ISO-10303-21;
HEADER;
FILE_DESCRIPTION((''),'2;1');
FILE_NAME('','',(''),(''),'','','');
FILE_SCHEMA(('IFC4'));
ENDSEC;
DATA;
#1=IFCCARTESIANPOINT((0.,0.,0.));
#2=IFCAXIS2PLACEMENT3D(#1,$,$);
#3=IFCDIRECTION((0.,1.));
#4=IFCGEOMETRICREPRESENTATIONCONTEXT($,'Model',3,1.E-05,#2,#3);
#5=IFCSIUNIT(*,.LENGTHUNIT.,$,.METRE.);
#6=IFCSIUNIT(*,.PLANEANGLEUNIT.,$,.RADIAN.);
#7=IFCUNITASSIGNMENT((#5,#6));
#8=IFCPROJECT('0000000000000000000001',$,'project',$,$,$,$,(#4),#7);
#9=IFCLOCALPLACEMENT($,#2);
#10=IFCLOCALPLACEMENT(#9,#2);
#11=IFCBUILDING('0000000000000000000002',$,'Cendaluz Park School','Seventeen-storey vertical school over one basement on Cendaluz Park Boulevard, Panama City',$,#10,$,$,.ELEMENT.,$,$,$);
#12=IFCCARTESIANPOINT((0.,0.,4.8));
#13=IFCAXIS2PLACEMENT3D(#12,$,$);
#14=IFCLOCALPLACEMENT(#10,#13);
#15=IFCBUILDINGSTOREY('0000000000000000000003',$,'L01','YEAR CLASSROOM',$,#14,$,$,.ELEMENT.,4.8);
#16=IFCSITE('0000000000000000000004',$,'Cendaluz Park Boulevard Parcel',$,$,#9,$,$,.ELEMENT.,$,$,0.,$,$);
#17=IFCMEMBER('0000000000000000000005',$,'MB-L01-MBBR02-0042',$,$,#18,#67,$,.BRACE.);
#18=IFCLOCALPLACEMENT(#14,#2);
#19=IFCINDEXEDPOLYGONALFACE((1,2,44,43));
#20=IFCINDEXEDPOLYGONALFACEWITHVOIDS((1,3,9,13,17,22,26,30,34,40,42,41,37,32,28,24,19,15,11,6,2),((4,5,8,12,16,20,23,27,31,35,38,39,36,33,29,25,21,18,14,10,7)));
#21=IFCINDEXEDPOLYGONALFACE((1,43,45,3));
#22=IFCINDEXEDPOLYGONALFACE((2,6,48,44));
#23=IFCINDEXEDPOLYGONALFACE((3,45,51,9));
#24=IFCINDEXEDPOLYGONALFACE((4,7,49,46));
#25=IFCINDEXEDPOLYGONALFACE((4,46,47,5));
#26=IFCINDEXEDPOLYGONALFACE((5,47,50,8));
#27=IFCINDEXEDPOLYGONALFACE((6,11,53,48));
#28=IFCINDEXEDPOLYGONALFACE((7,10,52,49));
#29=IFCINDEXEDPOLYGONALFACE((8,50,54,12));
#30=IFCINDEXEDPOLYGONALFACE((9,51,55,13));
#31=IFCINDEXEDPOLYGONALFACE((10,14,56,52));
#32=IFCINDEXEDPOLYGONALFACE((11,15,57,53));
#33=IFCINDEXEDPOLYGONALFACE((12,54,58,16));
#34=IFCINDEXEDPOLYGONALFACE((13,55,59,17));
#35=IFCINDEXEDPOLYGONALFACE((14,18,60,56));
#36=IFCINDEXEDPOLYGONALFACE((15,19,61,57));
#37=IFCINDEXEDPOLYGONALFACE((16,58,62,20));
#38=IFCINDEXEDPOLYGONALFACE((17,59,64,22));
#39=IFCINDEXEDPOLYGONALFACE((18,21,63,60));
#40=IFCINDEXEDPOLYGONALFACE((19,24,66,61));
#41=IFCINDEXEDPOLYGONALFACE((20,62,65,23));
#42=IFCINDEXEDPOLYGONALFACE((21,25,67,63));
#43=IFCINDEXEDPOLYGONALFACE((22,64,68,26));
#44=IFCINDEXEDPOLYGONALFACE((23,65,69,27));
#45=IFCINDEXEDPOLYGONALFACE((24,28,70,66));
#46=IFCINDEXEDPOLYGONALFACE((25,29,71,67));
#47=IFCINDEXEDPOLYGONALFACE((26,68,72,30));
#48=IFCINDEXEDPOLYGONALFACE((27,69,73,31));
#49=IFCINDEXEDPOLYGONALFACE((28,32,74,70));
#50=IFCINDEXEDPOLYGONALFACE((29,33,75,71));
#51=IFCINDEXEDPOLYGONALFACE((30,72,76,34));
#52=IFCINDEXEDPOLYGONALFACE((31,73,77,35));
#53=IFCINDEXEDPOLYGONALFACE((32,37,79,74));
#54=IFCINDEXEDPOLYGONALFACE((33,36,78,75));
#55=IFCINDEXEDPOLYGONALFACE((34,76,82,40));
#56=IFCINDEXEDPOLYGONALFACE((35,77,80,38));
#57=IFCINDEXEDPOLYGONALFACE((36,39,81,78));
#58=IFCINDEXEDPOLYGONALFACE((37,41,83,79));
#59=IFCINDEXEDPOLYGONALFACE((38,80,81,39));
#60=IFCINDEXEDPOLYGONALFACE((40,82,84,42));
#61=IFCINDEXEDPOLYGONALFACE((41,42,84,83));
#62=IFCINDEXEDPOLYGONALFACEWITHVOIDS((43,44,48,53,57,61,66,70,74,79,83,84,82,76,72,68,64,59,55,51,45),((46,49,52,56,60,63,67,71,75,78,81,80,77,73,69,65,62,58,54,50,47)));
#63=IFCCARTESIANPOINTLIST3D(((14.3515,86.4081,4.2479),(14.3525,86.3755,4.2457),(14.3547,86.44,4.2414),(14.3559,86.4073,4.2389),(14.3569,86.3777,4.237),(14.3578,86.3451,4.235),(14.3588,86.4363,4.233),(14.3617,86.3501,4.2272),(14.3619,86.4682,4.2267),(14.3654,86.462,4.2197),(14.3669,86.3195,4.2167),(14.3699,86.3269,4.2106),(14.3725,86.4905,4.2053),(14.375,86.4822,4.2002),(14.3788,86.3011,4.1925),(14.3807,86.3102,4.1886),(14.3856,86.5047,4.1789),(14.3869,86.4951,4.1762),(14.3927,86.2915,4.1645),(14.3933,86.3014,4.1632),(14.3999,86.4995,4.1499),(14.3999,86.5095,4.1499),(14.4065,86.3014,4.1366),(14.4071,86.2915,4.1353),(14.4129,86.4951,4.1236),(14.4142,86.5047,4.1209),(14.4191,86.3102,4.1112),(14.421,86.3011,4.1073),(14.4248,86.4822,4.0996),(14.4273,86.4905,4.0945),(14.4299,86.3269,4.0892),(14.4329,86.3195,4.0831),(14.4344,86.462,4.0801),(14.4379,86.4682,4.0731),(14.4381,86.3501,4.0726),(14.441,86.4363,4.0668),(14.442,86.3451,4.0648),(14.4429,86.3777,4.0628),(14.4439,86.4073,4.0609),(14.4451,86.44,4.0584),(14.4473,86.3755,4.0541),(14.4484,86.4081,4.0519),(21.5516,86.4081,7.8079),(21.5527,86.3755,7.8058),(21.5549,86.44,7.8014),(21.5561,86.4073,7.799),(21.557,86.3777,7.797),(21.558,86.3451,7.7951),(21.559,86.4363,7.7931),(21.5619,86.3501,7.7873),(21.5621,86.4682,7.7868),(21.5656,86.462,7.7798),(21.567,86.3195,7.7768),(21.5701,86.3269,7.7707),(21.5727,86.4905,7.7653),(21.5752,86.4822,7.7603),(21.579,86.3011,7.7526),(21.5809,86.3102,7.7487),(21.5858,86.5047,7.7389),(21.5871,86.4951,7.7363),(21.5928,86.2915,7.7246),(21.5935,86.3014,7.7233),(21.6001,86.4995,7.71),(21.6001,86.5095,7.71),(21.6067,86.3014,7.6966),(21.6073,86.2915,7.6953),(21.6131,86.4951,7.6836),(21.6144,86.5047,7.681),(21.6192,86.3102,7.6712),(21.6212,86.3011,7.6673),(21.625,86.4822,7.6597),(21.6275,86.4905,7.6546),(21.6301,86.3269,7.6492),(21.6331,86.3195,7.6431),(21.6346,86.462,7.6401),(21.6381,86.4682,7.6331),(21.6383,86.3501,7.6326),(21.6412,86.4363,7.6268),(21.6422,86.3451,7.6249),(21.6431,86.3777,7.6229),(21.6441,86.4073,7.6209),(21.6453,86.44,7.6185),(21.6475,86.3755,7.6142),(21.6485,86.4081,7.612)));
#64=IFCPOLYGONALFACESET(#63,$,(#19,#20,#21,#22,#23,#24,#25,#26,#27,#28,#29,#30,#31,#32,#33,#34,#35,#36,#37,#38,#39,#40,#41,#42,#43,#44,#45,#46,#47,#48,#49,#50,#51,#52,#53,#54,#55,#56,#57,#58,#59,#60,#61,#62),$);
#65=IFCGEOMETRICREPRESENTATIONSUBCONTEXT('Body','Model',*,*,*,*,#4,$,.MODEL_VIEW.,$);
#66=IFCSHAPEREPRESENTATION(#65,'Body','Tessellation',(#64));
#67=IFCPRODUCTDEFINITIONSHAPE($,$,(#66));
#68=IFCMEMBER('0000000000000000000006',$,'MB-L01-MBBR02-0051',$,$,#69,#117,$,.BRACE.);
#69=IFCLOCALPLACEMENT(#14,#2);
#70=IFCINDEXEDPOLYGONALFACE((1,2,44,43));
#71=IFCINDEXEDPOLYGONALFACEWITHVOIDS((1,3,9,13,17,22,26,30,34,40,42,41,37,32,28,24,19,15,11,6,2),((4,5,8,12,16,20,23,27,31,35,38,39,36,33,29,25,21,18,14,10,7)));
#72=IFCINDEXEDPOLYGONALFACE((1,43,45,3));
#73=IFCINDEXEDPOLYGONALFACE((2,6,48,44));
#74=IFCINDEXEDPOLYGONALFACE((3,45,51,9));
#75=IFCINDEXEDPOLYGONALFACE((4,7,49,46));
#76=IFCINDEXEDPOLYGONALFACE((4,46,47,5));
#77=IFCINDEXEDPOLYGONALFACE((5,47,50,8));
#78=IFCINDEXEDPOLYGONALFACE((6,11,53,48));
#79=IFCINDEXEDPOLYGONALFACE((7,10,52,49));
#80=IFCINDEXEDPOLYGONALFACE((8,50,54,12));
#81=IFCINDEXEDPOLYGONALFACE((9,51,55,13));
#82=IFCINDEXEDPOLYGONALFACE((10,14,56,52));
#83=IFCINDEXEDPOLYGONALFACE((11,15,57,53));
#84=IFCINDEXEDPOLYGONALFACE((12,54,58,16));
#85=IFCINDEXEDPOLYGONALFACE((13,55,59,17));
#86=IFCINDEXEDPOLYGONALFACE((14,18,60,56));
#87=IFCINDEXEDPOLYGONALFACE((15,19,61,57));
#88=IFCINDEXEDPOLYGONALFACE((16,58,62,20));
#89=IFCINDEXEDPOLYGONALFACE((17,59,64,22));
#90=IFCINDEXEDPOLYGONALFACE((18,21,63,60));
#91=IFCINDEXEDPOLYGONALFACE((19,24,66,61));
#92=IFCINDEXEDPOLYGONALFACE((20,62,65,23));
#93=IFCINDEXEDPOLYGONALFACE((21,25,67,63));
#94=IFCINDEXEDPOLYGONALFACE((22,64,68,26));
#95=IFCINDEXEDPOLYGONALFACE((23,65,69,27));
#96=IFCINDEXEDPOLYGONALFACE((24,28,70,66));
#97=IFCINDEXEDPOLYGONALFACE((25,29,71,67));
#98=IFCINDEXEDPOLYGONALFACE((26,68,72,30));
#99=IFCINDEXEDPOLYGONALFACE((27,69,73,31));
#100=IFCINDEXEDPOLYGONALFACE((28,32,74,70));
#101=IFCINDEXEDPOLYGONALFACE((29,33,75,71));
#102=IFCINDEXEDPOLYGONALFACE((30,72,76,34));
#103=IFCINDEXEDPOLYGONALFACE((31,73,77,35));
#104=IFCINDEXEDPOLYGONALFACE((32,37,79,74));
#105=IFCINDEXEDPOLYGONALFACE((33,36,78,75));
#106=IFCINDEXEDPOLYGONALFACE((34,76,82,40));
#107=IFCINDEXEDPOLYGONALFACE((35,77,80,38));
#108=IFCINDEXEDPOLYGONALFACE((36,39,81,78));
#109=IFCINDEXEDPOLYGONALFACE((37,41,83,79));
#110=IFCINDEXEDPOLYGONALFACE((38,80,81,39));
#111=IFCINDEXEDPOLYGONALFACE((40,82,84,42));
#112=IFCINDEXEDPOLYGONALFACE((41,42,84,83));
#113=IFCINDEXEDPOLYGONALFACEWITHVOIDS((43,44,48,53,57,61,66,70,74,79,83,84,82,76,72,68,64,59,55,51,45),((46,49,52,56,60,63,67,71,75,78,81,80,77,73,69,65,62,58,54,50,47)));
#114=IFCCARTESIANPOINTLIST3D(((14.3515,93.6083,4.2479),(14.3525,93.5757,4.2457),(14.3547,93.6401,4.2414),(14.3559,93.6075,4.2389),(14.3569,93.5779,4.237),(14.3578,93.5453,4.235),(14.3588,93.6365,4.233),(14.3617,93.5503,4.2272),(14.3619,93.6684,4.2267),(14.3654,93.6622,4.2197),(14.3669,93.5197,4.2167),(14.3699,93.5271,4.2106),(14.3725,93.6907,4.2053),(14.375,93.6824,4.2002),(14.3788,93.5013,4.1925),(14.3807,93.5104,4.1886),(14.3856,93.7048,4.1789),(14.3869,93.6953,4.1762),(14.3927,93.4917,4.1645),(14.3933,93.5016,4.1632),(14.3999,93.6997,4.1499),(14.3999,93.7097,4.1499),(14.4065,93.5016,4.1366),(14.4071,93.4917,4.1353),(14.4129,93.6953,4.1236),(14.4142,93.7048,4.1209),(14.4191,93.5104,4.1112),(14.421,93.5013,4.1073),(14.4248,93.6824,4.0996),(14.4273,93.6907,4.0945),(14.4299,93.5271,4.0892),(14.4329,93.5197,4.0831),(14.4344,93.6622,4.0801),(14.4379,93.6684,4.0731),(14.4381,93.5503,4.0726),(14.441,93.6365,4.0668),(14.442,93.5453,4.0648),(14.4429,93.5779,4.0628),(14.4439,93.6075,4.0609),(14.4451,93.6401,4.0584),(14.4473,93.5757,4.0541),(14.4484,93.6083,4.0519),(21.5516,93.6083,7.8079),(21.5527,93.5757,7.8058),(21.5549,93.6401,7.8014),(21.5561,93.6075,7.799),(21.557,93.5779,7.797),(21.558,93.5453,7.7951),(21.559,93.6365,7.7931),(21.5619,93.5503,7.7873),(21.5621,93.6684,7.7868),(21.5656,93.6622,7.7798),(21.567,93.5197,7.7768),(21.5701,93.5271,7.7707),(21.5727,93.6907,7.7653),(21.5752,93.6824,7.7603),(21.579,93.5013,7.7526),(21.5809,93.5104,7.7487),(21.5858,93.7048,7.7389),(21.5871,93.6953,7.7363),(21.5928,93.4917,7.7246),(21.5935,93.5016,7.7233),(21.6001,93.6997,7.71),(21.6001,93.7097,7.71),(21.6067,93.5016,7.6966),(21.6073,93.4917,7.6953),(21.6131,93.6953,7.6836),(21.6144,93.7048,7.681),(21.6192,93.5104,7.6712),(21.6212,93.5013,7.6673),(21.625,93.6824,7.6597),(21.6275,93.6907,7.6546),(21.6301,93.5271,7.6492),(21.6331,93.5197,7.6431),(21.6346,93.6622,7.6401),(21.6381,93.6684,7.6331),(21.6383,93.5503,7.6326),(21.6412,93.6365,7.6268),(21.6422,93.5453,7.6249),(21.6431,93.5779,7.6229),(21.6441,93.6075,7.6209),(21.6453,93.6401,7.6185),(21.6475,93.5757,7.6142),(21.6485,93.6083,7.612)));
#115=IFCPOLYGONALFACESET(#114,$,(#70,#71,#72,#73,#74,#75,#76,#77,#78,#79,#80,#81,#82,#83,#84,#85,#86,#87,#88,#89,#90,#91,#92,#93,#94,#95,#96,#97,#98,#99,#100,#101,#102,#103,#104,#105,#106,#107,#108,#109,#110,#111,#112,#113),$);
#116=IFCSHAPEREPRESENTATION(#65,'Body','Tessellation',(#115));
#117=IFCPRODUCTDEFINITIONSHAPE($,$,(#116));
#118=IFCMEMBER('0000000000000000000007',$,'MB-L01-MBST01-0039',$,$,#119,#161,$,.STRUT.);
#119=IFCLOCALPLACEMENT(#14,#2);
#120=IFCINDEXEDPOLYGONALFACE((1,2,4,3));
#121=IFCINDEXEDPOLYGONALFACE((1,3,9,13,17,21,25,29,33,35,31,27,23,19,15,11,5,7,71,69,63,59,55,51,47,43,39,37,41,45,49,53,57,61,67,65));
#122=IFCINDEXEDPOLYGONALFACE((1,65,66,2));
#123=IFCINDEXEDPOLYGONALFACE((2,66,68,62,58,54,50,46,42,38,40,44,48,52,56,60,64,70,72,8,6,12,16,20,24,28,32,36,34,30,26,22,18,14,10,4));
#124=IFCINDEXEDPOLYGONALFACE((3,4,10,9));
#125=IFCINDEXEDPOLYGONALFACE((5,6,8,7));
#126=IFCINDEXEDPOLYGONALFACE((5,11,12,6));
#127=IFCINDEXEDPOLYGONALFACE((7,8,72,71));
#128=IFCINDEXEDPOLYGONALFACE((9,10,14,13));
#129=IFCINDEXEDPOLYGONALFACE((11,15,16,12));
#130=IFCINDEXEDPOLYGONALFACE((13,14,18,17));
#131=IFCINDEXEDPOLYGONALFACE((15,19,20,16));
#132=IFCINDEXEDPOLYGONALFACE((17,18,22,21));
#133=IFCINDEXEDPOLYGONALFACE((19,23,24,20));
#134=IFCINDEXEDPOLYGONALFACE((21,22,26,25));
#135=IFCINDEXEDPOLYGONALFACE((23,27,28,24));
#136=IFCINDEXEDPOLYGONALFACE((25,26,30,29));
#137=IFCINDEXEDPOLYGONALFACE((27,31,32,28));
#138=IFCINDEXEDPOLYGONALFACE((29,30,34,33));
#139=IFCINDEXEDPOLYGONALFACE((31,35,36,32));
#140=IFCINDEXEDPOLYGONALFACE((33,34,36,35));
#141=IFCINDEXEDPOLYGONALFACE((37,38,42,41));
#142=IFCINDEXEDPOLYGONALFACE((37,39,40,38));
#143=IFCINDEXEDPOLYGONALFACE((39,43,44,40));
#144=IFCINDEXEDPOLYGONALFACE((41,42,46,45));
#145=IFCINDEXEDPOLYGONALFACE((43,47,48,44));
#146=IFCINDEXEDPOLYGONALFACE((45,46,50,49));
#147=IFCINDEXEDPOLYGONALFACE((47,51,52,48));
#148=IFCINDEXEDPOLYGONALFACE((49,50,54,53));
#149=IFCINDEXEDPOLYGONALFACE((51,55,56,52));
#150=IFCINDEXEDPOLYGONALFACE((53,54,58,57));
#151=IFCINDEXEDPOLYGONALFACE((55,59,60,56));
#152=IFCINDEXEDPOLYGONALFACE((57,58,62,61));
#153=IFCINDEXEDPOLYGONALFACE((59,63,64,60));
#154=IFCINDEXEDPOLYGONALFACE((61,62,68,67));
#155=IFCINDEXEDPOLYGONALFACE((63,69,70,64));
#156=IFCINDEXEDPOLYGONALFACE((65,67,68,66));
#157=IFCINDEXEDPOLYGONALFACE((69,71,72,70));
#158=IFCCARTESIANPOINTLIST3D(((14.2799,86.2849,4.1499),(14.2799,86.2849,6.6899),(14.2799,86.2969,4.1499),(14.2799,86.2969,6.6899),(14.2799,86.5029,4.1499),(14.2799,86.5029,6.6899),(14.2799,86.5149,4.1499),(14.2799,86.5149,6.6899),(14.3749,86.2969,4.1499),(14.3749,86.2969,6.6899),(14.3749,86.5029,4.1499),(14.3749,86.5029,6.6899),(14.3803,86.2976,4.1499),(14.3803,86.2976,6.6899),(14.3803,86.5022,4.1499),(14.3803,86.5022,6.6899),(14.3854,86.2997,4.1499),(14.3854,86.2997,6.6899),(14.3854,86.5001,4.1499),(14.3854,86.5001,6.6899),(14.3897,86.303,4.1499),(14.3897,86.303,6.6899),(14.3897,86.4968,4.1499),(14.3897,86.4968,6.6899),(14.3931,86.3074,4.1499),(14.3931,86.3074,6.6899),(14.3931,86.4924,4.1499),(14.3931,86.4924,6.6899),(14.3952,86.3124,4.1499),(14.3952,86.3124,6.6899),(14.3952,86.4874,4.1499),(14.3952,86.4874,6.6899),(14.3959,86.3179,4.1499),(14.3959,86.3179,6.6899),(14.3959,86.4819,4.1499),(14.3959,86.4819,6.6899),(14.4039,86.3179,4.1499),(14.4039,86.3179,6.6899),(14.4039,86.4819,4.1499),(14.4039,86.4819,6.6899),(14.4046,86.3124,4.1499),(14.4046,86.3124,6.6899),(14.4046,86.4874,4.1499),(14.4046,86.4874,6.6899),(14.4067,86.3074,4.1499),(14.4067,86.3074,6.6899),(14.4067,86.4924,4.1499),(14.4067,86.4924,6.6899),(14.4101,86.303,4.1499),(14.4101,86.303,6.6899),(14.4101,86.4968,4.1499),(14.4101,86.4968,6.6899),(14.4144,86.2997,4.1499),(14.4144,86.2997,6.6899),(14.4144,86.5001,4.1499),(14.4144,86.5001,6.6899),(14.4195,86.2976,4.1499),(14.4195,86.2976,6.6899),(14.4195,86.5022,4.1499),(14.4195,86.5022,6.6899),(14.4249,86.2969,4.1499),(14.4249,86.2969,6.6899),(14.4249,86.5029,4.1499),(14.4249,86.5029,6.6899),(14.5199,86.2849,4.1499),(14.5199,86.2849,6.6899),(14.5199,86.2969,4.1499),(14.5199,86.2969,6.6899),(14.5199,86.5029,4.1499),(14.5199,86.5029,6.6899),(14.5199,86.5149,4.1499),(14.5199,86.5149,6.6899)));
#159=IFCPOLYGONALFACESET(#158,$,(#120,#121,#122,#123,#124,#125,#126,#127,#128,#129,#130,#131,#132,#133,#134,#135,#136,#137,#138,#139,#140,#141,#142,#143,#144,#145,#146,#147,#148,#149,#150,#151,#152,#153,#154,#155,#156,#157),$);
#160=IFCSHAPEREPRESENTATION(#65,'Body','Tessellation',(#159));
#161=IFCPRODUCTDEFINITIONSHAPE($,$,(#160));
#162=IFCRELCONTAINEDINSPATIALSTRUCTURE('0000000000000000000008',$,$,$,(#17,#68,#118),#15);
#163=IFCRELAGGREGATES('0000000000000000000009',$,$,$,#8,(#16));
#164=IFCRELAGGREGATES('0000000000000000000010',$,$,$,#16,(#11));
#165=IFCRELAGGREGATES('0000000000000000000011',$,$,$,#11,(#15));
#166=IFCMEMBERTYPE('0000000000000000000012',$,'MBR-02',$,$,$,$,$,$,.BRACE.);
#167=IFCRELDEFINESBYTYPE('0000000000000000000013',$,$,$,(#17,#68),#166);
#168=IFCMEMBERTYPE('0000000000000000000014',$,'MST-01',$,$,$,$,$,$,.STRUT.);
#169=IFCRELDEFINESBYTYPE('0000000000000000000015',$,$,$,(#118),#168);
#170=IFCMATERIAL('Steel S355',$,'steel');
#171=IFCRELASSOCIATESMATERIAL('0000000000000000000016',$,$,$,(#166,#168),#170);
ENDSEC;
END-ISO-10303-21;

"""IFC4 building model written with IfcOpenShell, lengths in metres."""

from ifc_helpers import new_model, si_unit, direction, frame, origin, origin_2d, place, context, subcontext, project, spatial, hollow_circle, i_section, extrude, material, material_profile, profile_set, type_object, element, save


model = new_model("IFC4")

# Units and contexts
model_context = context("Model", 3, precision=1e-05, world=origin(), true_north=direction((0.0, 1.0)))
body_context = subcontext(model_context, "Body", "Model", "MODEL_VIEW")
ifc_project = project(units=[si_unit("LENGTHUNIT", "METRE"), si_unit("PLANEANGLEUNIT", "RADIAN")], contexts=[model_context])

# Site, building, storey
site_placement = place(None, origin())
site = spatial("IfcSite", under=ifc_project, at=site_placement, Name="Cendaluz Park Boulevard Parcel", CompositionType="ELEMENT", RefElevation=0.0)
building_placement = place(site_placement, origin())
building = spatial("IfcBuilding", under=site, at=building_placement, Name="Cendaluz Park School", Description="Seventeen-storey vertical school over one basement on Cendaluz Park Boulevard, Panama City", CompositionType="ELEMENT")
storey_placement = place(building_placement, frame((0.0, 0.0, 4.8)))
storey = spatial("IfcBuildingStorey", under=building, at=storey_placement, Name="L01", Description="YEAR CLASSROOM", CompositionType="ELEMENT", Elevation=4.8)

# Shared definitions
ifc_material = material(Name="Steel S355", Category="steel")

# Members
ifc_material_profile_1 = material_profile(ifc_material, hollow_circle(Radius=0.1096, WallThickness=0.01, at=origin_2d()), Name="CHS 219x10", Category="steel")
ifc_profile_set_1 = profile_set([ifc_material_profile_1], Name="Steel S355")
member_type_1 = type_object("IfcMemberType", Name="MBR-02", PredefinedType="BRACE", material=ifc_profile_set_1)
for number, where, z_axis, x_axis, name in (
    (1, (14.3999, 86.3999, 4.1499), (0.896412, 0.0, 0.443221), (0.0, 1.0, 0.0), "MB-L01-MBBR02-0042"),
    (2, (14.3999, 93.6001, 4.1499), (0.896412, 0.0, 0.443221), (0.0, 1.0, 0.0), "MB-L01-MBBR02-0051"),
):
    element("IfcMember", number, at=place(storey_placement, frame(where, z_axis=z_axis, x_axis=x_axis)), inside=storey, type_object=member_type_1, Name=name, PredefinedType="BRACE", context=body_context, shape_type="SweptSolid", body=[
        extrude(hollow_circle(Radius=0.1096, WallThickness=0.01, at=origin_2d()), origin(), (0.0, 0.0, 1.0), 8.0322),
    ])
ifc_material_profile_2 = material_profile(ifc_material, i_section(OverallWidth=0.24, OverallDepth=0.23, WebThickness=0.0081, FlangeThickness=0.012, FilletRadius=0.021, at=origin_2d()), Name="HEA 240", Category="steel")
ifc_profile_set_2 = profile_set([ifc_material_profile_2], Name="Steel S355")
member_type_2 = type_object("IfcMemberType", Name="MST-01", PredefinedType="STRUT", material=ifc_profile_set_2)
member_1_placement = place(storey_placement, frame((14.3999, 86.3999, 4.1499), z_axis=(0.0, 0.0, 1.0), x_axis=(1.0, 0.0, 0.0)))
element("IfcMember", 3, at=member_1_placement, inside=storey, type_object=member_type_2, Name="MB-L01-MBST01-0039", PredefinedType="STRUT", context=body_context, shape_type="SweptSolid", body=[
    extrude(i_section(OverallWidth=0.24, OverallDepth=0.23, WebThickness=0.0081, FlangeThickness=0.012, FilletRadius=0.021, at=origin_2d()), origin(), (0.0, 0.0, 1.0), 2.54),
])

save(model, "model.ifc")
